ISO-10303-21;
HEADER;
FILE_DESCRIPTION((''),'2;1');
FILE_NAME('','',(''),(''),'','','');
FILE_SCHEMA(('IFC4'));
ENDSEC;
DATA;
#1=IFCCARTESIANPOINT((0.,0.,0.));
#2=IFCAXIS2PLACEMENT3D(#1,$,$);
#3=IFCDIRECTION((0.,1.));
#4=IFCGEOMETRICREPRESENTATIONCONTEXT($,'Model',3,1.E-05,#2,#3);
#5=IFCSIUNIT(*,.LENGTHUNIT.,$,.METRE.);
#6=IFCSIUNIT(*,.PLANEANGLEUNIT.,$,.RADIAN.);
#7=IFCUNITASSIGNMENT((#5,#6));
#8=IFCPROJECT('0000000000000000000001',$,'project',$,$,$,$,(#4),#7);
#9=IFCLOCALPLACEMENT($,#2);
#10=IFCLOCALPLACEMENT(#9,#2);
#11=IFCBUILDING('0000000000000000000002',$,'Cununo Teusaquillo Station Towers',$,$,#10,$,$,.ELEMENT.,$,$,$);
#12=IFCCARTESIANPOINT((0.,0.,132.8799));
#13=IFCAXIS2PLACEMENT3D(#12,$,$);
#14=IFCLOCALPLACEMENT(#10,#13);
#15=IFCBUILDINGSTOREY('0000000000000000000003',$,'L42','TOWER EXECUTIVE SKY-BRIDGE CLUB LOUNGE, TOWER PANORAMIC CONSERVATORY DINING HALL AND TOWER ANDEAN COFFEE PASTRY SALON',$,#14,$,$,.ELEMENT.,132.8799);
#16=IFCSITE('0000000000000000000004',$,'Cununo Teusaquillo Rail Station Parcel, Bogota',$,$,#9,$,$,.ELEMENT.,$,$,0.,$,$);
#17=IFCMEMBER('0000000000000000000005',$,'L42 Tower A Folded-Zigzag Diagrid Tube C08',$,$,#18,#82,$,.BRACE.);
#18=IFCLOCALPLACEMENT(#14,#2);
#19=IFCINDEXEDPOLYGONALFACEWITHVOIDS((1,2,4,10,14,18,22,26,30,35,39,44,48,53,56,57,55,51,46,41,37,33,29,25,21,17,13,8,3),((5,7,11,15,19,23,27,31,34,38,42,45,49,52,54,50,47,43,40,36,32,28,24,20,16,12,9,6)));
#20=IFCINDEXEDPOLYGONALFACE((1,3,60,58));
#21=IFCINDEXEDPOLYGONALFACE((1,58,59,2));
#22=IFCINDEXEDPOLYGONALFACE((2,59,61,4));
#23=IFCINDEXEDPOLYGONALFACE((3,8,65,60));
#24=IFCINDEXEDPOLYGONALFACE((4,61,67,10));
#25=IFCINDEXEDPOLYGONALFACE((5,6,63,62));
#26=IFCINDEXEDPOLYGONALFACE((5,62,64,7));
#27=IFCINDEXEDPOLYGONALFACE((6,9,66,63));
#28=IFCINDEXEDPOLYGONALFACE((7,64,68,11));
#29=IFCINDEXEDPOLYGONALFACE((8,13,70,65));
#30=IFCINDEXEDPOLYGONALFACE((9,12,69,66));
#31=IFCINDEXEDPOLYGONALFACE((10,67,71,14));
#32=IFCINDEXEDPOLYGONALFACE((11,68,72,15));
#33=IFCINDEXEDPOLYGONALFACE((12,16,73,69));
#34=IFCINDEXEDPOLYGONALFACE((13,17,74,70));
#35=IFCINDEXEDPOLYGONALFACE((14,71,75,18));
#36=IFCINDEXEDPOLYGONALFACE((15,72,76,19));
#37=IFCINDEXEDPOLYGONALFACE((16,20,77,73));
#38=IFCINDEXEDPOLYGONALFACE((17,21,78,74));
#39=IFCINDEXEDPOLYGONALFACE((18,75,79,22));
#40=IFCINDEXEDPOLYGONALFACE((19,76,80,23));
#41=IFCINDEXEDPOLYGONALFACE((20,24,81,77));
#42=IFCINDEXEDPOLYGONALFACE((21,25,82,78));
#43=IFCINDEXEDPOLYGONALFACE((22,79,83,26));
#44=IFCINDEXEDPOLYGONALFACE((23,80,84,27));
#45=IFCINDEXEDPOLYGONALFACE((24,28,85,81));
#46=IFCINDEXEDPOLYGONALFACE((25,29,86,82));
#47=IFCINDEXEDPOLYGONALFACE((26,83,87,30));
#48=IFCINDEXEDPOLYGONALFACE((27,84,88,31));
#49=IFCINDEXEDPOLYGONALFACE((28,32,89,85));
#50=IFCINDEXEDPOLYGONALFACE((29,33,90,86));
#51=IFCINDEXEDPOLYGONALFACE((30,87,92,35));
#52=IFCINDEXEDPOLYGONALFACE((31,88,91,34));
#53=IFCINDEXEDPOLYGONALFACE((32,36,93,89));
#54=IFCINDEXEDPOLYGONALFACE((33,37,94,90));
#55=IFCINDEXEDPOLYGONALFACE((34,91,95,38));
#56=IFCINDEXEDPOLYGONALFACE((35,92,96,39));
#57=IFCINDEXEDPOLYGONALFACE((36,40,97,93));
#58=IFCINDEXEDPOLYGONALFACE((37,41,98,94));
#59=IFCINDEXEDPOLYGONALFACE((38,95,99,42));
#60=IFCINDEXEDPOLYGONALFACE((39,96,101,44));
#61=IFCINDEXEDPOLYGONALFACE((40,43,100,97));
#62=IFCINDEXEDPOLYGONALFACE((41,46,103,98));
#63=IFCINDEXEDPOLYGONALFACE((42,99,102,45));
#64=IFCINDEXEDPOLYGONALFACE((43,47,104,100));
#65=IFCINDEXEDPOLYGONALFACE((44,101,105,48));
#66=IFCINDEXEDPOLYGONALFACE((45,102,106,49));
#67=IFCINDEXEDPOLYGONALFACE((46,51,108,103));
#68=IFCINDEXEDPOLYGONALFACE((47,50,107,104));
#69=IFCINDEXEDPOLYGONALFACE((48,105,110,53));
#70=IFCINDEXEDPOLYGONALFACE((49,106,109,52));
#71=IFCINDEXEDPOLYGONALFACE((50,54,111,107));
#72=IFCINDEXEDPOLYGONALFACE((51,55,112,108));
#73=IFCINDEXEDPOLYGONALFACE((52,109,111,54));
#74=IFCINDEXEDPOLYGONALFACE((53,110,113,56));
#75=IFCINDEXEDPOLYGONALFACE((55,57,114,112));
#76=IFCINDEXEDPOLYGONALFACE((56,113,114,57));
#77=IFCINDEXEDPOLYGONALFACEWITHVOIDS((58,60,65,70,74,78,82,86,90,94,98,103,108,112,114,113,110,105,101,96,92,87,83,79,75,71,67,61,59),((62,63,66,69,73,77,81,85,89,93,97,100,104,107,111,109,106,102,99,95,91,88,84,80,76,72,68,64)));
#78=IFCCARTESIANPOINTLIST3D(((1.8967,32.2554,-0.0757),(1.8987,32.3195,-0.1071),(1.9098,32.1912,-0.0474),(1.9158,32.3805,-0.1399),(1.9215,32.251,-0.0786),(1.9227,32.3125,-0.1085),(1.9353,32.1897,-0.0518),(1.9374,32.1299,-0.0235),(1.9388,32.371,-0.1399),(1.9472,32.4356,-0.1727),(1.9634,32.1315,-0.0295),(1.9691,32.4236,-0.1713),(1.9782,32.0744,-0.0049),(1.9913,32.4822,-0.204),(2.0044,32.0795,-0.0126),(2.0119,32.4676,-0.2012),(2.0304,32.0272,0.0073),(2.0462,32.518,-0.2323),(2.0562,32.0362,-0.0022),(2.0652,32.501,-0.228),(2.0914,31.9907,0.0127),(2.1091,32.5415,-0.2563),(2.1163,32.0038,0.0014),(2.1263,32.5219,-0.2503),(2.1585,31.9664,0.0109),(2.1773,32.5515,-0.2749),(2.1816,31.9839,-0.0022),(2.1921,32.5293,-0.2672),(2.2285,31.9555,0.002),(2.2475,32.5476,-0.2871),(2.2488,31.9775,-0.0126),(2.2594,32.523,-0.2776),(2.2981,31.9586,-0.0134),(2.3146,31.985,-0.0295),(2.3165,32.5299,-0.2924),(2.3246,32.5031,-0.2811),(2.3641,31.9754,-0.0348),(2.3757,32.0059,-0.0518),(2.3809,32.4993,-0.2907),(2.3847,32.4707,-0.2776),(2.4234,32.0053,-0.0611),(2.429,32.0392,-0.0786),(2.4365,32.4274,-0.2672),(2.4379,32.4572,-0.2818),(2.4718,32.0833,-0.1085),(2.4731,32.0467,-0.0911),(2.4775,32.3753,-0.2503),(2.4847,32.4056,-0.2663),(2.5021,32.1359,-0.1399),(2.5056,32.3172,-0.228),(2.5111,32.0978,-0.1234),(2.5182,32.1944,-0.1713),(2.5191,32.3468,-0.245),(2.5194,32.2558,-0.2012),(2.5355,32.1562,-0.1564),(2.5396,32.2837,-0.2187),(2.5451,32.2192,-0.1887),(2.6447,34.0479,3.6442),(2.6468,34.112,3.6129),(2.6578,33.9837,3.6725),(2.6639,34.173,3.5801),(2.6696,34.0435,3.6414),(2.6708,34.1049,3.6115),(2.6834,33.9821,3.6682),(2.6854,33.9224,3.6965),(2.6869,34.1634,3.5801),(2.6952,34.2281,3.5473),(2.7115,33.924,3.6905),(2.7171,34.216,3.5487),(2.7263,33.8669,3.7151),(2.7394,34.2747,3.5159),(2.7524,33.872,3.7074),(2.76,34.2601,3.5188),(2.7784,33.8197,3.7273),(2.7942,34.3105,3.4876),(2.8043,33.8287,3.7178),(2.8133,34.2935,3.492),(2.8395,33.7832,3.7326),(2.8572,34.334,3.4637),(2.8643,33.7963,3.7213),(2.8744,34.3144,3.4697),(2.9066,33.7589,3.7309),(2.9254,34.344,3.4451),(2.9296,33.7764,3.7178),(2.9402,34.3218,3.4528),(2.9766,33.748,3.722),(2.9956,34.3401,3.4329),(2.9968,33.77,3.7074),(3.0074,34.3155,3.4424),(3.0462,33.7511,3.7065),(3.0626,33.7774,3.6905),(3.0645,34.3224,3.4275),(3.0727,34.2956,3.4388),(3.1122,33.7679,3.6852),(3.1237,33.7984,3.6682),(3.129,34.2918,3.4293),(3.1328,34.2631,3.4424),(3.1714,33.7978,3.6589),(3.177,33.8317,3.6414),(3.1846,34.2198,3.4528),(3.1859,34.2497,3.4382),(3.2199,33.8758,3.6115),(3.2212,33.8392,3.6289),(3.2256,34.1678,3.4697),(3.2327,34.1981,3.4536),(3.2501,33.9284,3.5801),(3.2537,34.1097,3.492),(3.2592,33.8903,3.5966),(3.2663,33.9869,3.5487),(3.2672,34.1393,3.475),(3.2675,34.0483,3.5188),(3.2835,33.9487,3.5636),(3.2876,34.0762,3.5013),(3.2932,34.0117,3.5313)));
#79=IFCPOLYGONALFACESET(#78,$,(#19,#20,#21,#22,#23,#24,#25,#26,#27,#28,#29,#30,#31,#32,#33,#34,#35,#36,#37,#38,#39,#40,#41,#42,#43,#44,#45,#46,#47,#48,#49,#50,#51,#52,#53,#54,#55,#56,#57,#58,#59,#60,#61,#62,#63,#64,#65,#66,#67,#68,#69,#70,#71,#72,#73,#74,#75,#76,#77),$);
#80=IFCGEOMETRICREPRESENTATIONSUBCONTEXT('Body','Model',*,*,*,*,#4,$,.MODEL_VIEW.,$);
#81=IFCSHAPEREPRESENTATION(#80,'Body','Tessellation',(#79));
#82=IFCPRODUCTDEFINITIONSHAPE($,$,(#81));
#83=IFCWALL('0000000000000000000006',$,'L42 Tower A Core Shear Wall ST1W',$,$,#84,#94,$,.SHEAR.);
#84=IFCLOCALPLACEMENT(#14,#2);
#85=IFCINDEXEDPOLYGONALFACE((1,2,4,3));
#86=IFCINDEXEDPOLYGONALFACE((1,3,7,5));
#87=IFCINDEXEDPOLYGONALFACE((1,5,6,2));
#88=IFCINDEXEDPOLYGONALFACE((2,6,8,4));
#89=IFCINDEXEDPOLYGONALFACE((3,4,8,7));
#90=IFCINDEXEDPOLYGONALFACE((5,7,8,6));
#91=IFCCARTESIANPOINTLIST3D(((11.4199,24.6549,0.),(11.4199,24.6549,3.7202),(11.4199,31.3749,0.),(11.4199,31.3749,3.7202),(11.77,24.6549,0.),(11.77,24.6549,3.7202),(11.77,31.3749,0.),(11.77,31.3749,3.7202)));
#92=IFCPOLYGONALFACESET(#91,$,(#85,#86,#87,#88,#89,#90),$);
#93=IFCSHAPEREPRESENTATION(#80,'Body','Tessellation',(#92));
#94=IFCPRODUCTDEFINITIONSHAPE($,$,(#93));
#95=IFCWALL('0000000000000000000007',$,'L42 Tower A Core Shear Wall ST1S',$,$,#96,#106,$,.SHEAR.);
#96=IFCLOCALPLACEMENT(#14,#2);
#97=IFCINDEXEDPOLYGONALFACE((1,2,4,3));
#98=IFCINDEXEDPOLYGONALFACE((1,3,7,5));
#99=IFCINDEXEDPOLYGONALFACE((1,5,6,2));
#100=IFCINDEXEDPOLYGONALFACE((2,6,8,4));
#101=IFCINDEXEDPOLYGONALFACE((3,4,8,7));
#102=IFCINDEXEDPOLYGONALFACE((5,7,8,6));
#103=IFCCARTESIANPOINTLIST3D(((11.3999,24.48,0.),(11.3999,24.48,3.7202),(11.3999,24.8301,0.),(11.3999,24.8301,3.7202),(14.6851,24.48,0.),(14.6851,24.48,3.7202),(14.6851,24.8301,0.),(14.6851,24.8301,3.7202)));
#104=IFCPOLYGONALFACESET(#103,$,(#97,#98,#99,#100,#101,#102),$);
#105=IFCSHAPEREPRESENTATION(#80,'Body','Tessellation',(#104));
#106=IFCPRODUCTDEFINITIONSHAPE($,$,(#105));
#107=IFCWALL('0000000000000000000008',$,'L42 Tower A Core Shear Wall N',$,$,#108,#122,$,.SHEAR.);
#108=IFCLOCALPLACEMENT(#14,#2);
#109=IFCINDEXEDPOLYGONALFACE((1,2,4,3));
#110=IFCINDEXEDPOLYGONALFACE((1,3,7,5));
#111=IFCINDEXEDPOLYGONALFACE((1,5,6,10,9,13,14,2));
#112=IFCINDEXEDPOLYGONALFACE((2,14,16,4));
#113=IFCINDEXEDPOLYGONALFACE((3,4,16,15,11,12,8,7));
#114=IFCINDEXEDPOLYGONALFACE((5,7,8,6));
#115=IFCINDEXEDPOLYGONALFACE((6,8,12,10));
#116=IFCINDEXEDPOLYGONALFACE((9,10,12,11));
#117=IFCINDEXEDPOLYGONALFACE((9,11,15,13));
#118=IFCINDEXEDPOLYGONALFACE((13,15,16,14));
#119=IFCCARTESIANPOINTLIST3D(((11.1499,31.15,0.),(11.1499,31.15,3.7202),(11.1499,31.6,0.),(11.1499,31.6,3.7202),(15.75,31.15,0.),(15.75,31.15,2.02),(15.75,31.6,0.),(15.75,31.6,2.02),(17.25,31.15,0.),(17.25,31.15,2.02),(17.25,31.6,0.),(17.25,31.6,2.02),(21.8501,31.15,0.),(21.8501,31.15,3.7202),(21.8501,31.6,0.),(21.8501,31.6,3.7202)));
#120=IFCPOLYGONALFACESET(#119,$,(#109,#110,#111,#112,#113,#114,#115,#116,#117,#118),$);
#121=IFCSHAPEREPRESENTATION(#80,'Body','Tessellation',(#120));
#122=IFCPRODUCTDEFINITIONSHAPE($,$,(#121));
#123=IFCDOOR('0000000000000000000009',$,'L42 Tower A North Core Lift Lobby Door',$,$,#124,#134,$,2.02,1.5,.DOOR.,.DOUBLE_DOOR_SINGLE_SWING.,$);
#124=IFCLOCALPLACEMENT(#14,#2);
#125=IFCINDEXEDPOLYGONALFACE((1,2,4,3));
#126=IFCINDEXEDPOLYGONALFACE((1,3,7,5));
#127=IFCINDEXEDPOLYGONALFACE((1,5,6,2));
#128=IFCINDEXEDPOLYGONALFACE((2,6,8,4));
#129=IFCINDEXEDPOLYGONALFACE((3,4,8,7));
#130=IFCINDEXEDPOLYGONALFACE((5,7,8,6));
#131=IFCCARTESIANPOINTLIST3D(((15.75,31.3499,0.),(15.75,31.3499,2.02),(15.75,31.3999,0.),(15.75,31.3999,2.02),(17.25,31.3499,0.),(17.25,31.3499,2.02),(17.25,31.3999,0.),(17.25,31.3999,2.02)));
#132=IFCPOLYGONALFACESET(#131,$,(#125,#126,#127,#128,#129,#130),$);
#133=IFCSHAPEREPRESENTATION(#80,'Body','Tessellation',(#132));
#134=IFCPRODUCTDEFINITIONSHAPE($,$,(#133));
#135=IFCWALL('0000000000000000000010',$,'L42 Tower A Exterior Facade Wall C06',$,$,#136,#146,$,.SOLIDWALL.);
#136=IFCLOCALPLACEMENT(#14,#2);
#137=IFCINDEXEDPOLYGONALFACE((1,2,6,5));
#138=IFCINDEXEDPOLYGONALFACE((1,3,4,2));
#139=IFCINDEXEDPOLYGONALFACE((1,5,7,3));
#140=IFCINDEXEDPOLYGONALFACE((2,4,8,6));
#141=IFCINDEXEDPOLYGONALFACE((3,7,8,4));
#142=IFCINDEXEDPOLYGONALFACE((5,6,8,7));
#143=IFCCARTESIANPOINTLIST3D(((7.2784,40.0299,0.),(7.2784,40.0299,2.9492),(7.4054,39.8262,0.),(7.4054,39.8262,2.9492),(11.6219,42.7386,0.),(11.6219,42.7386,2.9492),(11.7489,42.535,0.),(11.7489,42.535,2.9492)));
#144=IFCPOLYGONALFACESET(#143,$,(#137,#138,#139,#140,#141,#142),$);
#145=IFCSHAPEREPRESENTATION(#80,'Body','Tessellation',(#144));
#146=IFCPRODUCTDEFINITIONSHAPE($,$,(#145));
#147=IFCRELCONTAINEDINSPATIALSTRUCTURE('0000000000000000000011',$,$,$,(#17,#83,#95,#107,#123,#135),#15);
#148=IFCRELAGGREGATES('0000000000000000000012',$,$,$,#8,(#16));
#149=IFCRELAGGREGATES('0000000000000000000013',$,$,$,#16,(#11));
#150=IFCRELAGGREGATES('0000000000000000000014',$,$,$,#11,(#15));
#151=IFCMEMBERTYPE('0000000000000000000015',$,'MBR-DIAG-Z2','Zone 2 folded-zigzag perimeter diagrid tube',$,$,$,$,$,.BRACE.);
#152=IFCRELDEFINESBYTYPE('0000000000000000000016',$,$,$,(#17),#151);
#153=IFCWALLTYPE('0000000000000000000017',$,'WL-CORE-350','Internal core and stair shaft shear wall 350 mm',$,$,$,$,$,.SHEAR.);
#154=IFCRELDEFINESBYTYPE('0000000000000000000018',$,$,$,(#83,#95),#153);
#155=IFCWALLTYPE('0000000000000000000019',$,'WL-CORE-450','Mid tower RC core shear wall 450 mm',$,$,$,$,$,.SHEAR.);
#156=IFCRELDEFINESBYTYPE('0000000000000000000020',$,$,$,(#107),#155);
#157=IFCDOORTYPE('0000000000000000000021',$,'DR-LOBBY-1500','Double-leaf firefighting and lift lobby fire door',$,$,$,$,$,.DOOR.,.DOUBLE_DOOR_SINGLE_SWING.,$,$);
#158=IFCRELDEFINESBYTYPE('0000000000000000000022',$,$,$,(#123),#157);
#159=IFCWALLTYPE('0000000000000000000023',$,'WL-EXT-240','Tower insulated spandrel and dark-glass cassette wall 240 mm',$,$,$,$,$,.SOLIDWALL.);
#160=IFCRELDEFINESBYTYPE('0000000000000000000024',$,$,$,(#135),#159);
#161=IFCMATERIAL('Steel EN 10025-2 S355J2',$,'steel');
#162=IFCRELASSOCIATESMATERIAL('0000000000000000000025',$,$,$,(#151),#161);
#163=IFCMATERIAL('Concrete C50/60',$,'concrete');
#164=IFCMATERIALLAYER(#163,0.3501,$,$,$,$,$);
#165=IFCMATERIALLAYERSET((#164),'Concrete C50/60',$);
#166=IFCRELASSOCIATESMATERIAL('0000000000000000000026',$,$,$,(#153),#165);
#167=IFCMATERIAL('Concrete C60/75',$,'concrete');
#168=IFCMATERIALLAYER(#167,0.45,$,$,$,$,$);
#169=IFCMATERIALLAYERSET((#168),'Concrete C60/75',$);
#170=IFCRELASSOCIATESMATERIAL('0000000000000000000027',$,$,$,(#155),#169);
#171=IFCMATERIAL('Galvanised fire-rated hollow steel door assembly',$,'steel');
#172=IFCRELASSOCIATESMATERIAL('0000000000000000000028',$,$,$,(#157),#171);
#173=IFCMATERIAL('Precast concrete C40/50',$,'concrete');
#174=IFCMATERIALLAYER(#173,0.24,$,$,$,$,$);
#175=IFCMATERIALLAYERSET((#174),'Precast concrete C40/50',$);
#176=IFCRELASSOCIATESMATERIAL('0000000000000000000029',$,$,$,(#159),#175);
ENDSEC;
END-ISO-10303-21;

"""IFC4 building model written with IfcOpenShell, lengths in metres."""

from ifc_helpers import new_model, si_unit, direction, frame, frame_2d, origin, origin_2d, place, context, subcontext, project, spatial, rectangle, hollow_circle, extrude, source, transform, mapped, material, layer, layer_set, material_profile, profile_set, type_object, element, fill, save


model = new_model("IFC4")

# Units and contexts
model_context = context("Model", 3, precision=1e-05, world=origin(), true_north=direction((0.0, 1.0)))
body_context = subcontext(model_context, "Body", "Model", "MODEL_VIEW")
ifc_project = project(units=[si_unit("LENGTHUNIT", "METRE"), si_unit("PLANEANGLEUNIT", "RADIAN")], contexts=[model_context])

# Site, building, storey
site_placement = place(None, origin())
site = spatial("IfcSite", under=ifc_project, at=site_placement, Name="Cununo Teusaquillo Rail Station Parcel, Bogota", CompositionType="ELEMENT", RefElevation=0.0)
building_placement = place(site_placement, origin())
building = spatial("IfcBuilding", under=site, at=building_placement, Name="Cununo Teusaquillo Station Towers", CompositionType="ELEMENT")
storey_placement = place(building_placement, frame((0.0, 0.0, 132.8799)))
storey = spatial("IfcBuildingStorey", under=building, at=storey_placement, Name="L42", Description="TOWER EXECUTIVE SKY-BRIDGE CLUB LOUNGE, TOWER PANORAMIC CONSERVATORY DINING HALL AND TOWER ANDEAN COFFEE PASTRY SALON", CompositionType="ELEMENT", Elevation=132.8799)

# Member
ifc_material_1 = material(Name="Steel EN 10025-2 S355J2", Category="steel")
ifc_material_profile_1 = material_profile(ifc_material_1, hollow_circle(Radius=0.3301, WallThickness=0.0249, at=origin_2d()), Name="CHS 660x25")
ifc_profile_set_1 = profile_set([ifc_material_profile_1], Name="Steel EN 10025-2 S355J2")
member_type = type_object("IfcMemberType", Name="MBR-DIAG-Z2", Description="Zone 2 folded-zigzag perimeter diagrid tube", PredefinedType="BRACE", material=ifc_profile_set_1)
member_1_placement = place(storey_placement, frame((2.2205, 32.2534, -0.1399), z_axis=(0.178254, 0.427135, 0.886443), x_axis=(-0.922861, 0.385133, 0.0)))
element("IfcMember", 1, at=member_1_placement, inside=storey, type_object=member_type, Name="L42 Tower A Folded-Zigzag Diagrid Tube C08", PredefinedType="BRACE", context=body_context, shape_type="SweptSolid", body=[
    extrude(hollow_circle(Radius=0.3301, WallThickness=0.0249, at=origin_2d()), origin(), (0.0, 0.0, 1.0), 4.1965),
])

# Walls
ifc_material_2 = material(Name="Concrete C50/60", Category="concrete")
ifc_layer_1 = layer(ifc_material_2, 0.3501)
ifc_layer_set_1 = layer_set([ifc_layer_1], Name="Concrete C50/60")
wall_type_1 = type_object("IfcWallType", Name="WL-CORE-350", Description="Internal core and stair shaft shear wall 350 mm", PredefinedType="SHEAR", material=ifc_layer_set_1)
wall_1_placement = place(storey_placement, frame((11.595, 24.655, 0.0), z_axis=(0.0, 0.0, 1.0), x_axis=(0.0, 1.0, 0.0)))
element("IfcWall", 2, at=wall_1_placement, inside=storey, type_object=wall_type_1, Name="L42 Tower A Core Shear Wall ST1W", PredefinedType="SHEAR", context=body_context, shape_type="SweptSolid", body=[
    extrude(rectangle(XDim=6.72, YDim=0.3501, at=frame_2d((3.3599, 0.0))), origin(), (0.0, 0.0, 1.0), 3.7202),
])
wall_2_placement = place(storey_placement, frame((11.3999, 24.655, 0.0), z_axis=(0.0, 0.0, 1.0), x_axis=(1.0, 0.0, 0.0)))
element("IfcWall", 3, at=wall_2_placement, inside=storey, type_object=wall_type_1, Name="L42 Tower A Core Shear Wall ST1S", PredefinedType="SHEAR", context=body_context, shape_type="SweptSolid", body=[
    extrude(rectangle(XDim=3.2852, YDim=0.3501, at=frame_2d((1.6426, 0.0))), origin(), (0.0, 0.0, 1.0), 3.7202),
])

# Wall, opening, door
ifc_material_3 = material(Name="Concrete C60/75", Category="concrete")
ifc_layer_2 = layer(ifc_material_3, 0.45)
ifc_layer_set_2 = layer_set([ifc_layer_2], Name="Concrete C60/75")
wall_type_2 = type_object("IfcWallType", Name="WL-CORE-450", Description="Mid tower RC core shear wall 450 mm", PredefinedType="SHEAR", material=ifc_layer_set_2)
wall_3_placement = place(storey_placement, frame((11.1499, 31.375, 0.0), z_axis=(0.0, 0.0, 1.0), x_axis=(1.0, 0.0, 0.0)))
wall_3 = element("IfcWall", 4, at=wall_3_placement, inside=storey, type_object=wall_type_2, Name="L42 Tower A Core Shear Wall N", PredefinedType="SHEAR", context=body_context, shape_type="SweptSolid", body=[
    extrude(rectangle(XDim=10.7002, YDim=0.45, at=frame_2d((5.3501, 0.0))), origin(), (0.0, 0.0, 1.0), 3.7202),
])
shared_shape_1 = source(origin(), body_context, "Body", "SweptSolid", [
    extrude(rectangle(XDim=1.5, YDim=2.02, at=frame_2d((0.75, 1.01))), frame((0.0, 0.2349, 0.0), z_axis=(0.0, -1.0, 0.0), x_axis=(1.0, 0.0, 0.0)), (0.0, 0.0, 1.0), 0.47),
])
opening_1_placement = place(wall_3_placement, frame((4.6001, 0.0, 0.0)))
opening_1 = element("IfcOpeningElement", 5, at=opening_1_placement, cuts=wall_3, PredefinedType="OPENING", context=body_context, shape_type="MappedRepresentation", body=[
    mapped(shared_shape_1, transform((0.0, 0.0, 0.0), x_axis=(1.0, 0.0, 0.0), y_axis=(0.0, 1.0, 0.0), z_axis=(0.0, 0.0, 1.0), scale=1.0)),
])
ifc_material_4 = material(Name="Galvanised fire-rated hollow steel door assembly", Category="steel")
door_type_1 = type_object("IfcDoorType", Name="DR-LOBBY-1500", Description="Double-leaf firefighting and lift lobby fire door", OperationType="DOUBLE_DOOR_SINGLE_SWING", PredefinedType="DOOR", material=ifc_material_4)
shared_shape_2 = source(origin(), body_context, "Body", "SweptSolid", [
    extrude(rectangle(XDim=1.5, YDim=2.02, at=frame_2d((0.75, 1.01))), frame((0.0, 0.0249, 0.0), z_axis=(0.0, -1.0, 0.0), x_axis=(1.0, 0.0, 0.0)), (0.0, 0.0, 1.0), 0.05),
])
door_1_placement = place(opening_1_placement, origin())
door_1 = element("IfcDoor", 6, at=door_1_placement, inside=storey, type_object=door_type_1, Name="L42 Tower A North Core Lift Lobby Door", OperationType="DOUBLE_DOOR_SINGLE_SWING", OverallHeight=2.02, OverallWidth=1.5, PredefinedType="DOOR", context=body_context, shape_type="MappedRepresentation", body=[
    mapped(shared_shape_2, transform((0.0, 0.0, 0.0), x_axis=(1.0, 0.0, 0.0), y_axis=(0.0, 1.0, 0.0), z_axis=(0.0, 0.0, 1.0), scale=1.0)),
])
fill(opening_1, door_1)

# Wall
ifc_material_5 = material(Name="Precast concrete C40/50", Category="concrete")
ifc_layer_3 = layer(ifc_material_5, 0.24)
ifc_layer_set_3 = layer_set([ifc_layer_3], Name="Precast concrete C40/50")
wall_type_3 = type_object("IfcWallType", Name="WL-EXT-240", Description="Tower insulated spandrel and dark-glass cassette wall 240 mm", PredefinedType="SOLIDWALL", material=ifc_layer_set_3)
wall_4_placement = place(storey_placement, frame((7.3418, 39.928, 0.0), z_axis=(0.0, 0.0, 1.0), x_axis=(0.84852, 0.529163, 0.0)))
element("IfcWall", 7, at=wall_4_placement, inside=storey, type_object=wall_type_3, Name="L42 Tower A Exterior Facade Wall C06", PredefinedType="SOLIDWALL", context=body_context, shape_type="SweptSolid", body=[
    extrude(rectangle(XDim=5.1189, YDim=0.24, at=frame_2d((2.5596, 0.0))), origin(), (0.0, 0.0, 1.0), 2.9492),
])

save(model, "model.ifc")
